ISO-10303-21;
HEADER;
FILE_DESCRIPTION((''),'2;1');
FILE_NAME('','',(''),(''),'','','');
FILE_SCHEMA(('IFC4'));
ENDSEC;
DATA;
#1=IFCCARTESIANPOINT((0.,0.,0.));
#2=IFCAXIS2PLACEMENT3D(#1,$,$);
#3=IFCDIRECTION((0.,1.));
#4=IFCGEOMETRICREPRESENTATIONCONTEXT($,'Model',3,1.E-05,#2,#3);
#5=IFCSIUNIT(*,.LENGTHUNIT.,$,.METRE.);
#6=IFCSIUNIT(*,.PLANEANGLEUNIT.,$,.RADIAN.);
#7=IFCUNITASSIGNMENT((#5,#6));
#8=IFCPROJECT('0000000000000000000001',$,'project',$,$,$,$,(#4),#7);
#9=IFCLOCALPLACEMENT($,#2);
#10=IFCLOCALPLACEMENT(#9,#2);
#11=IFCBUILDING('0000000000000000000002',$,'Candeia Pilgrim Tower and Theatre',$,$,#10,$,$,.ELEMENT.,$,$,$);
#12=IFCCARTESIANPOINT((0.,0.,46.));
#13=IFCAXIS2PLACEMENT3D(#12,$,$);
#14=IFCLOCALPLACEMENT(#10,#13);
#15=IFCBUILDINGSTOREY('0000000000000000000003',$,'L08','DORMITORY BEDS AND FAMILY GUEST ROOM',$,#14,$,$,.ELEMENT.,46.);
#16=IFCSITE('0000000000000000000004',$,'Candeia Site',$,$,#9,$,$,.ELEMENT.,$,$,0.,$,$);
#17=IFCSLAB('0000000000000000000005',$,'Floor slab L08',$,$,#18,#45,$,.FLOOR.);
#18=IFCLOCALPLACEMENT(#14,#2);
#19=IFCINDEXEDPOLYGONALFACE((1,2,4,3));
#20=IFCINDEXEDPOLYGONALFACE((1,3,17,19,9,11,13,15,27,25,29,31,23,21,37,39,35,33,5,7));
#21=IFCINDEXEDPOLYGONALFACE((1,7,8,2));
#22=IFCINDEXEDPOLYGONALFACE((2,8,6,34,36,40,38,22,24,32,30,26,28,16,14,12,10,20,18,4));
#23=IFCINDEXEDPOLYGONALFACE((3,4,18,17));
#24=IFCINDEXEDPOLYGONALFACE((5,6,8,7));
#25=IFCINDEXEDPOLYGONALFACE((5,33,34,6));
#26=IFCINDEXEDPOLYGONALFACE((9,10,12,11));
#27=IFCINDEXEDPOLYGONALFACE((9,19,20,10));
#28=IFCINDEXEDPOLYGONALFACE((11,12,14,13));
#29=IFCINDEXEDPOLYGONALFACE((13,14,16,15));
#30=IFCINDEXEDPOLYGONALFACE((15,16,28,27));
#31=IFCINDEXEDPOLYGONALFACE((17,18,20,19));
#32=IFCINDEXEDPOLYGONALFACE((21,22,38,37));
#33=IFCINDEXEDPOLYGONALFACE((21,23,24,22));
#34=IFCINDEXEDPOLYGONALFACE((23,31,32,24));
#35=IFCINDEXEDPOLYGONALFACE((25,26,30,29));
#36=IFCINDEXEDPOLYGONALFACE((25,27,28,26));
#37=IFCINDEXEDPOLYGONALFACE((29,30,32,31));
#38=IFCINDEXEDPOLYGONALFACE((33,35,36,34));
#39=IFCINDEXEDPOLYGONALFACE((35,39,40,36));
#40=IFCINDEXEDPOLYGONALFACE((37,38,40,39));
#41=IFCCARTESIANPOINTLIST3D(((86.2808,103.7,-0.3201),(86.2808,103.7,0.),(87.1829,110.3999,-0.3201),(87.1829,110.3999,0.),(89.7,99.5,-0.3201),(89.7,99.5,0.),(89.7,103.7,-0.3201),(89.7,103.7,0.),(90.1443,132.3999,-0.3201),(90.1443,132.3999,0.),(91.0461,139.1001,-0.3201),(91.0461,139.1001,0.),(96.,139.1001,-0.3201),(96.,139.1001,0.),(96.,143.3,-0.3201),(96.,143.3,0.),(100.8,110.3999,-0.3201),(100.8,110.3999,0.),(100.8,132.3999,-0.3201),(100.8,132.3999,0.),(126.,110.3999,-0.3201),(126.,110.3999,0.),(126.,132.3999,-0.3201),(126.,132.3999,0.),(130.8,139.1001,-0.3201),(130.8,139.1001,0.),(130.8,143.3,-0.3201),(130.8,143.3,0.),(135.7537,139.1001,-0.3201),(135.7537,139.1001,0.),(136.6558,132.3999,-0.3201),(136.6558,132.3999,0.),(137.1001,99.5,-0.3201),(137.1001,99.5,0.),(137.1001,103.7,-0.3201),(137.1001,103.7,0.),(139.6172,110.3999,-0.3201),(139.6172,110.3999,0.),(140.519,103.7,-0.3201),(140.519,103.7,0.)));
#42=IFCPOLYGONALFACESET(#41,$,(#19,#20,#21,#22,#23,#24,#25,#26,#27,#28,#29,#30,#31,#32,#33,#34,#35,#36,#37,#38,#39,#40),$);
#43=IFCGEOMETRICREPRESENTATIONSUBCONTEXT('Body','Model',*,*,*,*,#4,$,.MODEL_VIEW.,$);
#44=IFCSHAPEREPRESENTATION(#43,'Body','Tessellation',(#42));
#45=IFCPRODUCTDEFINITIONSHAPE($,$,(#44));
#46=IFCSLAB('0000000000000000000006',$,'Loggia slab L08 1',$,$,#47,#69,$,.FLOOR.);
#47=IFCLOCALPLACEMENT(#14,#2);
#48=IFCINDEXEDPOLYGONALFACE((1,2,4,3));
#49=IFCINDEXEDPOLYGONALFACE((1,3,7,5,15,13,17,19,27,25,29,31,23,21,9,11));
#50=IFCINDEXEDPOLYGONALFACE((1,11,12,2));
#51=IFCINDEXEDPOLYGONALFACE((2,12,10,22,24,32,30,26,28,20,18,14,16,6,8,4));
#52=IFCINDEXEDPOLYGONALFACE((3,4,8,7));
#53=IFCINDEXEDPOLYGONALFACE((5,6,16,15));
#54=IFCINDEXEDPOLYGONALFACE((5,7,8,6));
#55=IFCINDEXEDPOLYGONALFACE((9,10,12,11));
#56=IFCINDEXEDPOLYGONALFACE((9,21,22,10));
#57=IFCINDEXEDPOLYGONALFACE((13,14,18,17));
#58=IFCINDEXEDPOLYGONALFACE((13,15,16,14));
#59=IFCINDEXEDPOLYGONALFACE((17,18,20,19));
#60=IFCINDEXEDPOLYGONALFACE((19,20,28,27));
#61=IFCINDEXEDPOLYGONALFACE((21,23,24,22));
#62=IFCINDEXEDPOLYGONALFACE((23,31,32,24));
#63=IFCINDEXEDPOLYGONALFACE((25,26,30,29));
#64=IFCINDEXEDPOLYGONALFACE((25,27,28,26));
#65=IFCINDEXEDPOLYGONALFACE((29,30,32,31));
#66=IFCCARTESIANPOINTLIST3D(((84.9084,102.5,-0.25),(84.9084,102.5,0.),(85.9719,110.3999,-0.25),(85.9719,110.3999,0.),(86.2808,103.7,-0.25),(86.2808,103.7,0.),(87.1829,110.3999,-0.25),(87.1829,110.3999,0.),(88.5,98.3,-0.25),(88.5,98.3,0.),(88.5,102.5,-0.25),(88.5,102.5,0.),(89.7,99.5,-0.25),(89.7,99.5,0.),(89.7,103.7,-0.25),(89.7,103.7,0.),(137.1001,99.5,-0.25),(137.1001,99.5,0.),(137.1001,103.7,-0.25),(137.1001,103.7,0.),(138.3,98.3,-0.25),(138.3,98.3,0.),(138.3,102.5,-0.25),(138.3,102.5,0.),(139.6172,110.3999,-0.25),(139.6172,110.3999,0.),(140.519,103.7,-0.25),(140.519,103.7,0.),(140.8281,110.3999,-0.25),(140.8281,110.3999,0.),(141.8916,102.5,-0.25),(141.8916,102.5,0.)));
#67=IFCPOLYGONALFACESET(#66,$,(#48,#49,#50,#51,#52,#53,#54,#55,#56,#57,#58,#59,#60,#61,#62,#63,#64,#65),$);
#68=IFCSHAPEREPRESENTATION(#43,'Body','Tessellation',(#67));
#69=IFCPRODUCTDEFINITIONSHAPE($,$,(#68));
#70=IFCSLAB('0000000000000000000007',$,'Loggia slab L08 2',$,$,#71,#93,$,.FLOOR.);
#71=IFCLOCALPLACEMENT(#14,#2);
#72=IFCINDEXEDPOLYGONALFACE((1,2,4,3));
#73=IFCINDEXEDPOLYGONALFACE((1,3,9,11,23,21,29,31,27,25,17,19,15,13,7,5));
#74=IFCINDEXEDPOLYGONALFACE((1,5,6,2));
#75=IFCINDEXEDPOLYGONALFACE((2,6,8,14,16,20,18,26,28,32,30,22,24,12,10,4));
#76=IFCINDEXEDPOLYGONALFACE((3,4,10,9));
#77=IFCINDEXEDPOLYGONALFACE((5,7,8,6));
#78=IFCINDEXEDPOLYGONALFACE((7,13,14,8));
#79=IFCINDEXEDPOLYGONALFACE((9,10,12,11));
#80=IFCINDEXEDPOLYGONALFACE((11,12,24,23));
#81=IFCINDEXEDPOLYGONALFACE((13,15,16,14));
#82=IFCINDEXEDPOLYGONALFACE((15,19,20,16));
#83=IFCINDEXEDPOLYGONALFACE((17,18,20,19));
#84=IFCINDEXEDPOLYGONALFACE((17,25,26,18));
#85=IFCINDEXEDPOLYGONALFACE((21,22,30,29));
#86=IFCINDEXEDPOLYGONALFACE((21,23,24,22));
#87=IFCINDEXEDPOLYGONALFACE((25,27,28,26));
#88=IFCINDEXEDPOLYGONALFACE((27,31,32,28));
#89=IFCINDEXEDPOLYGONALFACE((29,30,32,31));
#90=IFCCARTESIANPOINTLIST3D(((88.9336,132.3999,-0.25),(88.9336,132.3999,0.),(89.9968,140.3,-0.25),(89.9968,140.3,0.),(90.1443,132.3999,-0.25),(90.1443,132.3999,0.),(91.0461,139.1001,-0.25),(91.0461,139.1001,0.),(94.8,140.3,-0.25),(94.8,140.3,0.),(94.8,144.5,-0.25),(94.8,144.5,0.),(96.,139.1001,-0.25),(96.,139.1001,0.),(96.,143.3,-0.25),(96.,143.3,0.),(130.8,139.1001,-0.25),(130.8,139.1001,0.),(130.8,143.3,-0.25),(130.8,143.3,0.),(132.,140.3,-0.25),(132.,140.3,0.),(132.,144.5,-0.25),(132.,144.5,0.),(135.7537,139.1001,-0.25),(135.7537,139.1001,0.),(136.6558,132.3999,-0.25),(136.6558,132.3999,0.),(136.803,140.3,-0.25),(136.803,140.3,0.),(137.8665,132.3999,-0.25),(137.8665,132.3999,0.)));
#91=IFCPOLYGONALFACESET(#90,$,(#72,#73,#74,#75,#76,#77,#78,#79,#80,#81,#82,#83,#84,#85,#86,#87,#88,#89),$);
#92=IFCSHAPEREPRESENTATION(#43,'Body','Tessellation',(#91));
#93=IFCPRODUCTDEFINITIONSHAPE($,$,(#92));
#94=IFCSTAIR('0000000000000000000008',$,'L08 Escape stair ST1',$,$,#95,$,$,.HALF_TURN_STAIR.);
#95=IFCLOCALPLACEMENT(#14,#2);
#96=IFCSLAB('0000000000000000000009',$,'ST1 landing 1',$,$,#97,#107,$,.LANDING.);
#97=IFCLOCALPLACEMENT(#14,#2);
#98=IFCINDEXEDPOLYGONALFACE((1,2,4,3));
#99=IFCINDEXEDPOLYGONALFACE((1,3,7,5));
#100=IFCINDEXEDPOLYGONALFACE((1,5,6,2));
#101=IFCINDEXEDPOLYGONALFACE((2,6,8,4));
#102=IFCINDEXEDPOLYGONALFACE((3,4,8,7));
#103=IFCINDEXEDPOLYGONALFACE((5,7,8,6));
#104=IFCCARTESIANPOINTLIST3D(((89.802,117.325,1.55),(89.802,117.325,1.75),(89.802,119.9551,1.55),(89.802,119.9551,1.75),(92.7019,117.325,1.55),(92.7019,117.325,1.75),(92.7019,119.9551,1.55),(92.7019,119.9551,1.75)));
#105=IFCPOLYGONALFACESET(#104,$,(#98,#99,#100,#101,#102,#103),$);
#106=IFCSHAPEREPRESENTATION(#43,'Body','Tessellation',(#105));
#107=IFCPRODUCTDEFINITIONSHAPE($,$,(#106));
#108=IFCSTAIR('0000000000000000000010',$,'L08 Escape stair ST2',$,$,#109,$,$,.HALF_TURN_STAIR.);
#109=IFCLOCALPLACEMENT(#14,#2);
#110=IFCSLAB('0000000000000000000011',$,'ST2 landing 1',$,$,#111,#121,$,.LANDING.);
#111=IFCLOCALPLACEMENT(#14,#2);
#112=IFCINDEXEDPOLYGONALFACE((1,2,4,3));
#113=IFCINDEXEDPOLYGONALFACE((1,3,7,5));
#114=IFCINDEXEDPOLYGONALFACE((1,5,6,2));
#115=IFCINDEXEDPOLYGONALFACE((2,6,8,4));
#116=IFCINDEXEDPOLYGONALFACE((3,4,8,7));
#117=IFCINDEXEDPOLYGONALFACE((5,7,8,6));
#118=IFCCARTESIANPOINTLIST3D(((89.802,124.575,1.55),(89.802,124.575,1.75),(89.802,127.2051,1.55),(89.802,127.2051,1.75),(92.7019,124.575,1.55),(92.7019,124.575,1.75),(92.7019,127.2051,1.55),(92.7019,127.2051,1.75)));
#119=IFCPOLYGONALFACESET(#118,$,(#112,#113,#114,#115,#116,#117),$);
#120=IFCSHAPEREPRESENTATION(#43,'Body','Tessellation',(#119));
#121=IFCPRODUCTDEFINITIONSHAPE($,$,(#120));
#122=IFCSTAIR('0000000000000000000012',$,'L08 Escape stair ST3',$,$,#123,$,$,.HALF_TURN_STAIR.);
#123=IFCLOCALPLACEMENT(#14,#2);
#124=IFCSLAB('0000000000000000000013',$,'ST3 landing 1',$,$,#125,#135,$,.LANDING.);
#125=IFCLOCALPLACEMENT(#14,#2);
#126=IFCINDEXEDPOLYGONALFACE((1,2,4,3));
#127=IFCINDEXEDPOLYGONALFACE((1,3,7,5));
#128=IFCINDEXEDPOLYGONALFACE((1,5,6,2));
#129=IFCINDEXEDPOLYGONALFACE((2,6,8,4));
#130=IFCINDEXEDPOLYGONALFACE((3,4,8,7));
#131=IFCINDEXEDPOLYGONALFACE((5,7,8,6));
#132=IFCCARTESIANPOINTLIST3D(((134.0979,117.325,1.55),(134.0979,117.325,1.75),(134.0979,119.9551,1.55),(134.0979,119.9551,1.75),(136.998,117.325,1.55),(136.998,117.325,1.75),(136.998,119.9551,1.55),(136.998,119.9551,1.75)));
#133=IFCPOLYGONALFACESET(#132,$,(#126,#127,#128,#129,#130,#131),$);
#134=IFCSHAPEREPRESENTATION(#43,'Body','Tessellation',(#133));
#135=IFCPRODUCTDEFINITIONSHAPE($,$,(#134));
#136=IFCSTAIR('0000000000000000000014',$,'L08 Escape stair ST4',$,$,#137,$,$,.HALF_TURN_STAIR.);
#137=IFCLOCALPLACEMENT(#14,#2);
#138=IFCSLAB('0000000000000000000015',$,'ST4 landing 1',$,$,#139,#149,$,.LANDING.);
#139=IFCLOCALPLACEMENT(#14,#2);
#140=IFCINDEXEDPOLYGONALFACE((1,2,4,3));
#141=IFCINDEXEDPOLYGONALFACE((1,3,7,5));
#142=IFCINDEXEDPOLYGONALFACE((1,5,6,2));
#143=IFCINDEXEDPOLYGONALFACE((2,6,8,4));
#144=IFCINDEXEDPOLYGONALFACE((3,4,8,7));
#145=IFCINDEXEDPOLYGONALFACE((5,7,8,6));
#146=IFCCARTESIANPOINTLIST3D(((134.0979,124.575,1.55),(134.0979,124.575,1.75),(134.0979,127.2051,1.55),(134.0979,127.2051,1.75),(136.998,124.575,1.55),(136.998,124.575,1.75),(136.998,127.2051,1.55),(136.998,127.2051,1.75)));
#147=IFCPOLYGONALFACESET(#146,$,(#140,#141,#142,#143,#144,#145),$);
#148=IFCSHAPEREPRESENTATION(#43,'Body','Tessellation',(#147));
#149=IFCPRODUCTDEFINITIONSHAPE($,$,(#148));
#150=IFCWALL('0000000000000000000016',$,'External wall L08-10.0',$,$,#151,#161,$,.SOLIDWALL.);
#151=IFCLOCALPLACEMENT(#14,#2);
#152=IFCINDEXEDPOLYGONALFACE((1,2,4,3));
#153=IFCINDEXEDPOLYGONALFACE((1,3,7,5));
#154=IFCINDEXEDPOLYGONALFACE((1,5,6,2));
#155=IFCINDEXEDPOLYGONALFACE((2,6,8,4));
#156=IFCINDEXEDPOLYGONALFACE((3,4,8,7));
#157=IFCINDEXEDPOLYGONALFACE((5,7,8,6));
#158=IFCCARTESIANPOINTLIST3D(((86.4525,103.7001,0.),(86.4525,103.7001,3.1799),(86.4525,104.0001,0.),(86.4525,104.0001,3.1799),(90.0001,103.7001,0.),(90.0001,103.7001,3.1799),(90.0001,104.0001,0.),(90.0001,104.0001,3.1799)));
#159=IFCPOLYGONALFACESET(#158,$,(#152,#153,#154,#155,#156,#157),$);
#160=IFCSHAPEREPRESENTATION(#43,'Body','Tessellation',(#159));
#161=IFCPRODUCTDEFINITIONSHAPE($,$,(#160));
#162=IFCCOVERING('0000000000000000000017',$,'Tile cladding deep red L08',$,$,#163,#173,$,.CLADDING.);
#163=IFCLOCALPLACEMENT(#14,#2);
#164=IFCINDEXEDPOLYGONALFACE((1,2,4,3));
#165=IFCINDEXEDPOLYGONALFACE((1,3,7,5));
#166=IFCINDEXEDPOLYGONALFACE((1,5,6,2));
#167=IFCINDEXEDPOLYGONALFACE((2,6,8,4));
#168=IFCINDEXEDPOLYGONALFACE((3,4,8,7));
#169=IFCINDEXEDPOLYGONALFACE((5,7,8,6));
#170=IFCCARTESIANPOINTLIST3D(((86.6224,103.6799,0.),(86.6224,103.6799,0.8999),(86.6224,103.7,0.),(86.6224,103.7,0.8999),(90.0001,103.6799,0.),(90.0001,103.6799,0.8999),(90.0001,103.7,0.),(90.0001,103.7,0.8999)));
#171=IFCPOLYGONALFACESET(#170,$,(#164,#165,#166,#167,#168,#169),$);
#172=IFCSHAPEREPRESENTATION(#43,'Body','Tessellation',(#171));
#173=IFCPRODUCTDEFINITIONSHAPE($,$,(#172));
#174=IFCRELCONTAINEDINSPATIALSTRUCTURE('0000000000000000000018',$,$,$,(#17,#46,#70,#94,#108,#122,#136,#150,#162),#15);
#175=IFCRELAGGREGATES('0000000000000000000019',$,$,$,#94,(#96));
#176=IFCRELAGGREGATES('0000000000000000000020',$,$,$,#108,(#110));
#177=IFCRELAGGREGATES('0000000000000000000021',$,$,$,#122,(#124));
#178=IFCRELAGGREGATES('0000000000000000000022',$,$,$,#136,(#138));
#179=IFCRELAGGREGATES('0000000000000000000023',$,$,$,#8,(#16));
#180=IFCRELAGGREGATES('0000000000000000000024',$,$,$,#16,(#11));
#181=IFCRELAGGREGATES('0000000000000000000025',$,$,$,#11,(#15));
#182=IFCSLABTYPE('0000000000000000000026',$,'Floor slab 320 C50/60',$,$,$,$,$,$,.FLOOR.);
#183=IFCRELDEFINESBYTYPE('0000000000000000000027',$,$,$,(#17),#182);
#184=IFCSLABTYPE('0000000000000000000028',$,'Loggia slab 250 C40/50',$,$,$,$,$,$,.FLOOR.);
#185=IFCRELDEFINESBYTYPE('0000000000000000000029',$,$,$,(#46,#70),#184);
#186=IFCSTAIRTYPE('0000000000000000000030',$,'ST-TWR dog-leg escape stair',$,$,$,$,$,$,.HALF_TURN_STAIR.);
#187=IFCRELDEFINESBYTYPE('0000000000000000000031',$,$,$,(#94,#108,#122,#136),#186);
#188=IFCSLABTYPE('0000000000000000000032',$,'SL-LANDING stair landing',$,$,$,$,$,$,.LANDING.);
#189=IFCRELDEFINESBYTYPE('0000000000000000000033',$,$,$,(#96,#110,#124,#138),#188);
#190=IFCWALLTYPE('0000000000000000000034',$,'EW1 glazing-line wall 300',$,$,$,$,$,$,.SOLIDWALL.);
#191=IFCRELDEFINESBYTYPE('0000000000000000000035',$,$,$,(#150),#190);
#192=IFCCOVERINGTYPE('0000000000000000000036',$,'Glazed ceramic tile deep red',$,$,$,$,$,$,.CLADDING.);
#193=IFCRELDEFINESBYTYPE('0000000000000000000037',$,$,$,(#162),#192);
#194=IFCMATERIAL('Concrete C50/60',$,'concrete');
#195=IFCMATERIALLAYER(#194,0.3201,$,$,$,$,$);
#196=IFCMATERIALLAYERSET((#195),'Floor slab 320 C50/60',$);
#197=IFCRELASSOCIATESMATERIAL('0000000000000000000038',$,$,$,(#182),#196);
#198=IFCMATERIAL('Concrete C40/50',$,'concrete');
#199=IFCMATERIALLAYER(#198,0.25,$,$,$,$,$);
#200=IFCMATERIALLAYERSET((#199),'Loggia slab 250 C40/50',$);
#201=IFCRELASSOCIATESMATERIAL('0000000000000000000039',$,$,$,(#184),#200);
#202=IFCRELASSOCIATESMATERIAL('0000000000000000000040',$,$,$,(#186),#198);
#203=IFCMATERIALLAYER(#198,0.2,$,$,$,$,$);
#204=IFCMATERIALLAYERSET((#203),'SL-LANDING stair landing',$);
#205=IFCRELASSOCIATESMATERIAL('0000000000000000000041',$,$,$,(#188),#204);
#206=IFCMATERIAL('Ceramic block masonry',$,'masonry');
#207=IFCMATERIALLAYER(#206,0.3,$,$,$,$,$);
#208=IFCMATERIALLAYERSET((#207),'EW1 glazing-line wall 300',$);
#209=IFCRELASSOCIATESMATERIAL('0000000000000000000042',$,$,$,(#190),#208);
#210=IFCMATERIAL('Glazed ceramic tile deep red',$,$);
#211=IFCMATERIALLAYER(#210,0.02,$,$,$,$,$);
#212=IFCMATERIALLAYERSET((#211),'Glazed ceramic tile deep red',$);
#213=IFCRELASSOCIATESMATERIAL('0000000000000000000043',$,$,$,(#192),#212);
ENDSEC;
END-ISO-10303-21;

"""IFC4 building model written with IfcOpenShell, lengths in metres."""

from ifc_helpers import new_model, si_unit, direction, frame, frame_2d, origin, origin_2d, place, context, subcontext, project, spatial, polyline, rectangle, outline, extrude, material, layer, layer_set, type_object, element, aggregate, save


model = new_model("IFC4")

# Units and contexts
model_context = context("Model", 3, precision=1e-05, world=origin(), true_north=direction((0.0, 1.0)))
body_context = subcontext(model_context, "Body", "Model", "MODEL_VIEW")
ifc_project = project(units=[si_unit("LENGTHUNIT", "METRE"), si_unit("PLANEANGLEUNIT", "RADIAN")], contexts=[model_context])

# Site, building, storey
site_placement = place(None, origin())
site = spatial("IfcSite", under=ifc_project, at=site_placement, Name="Candeia Site", CompositionType="ELEMENT", RefElevation=0.0)
building_placement = place(site_placement, origin())
building = spatial("IfcBuilding", under=site, at=building_placement, Name="Candeia Pilgrim Tower and Theatre", CompositionType="ELEMENT")
storey_placement = place(building_placement, frame((0.0, 0.0, 46.0)))
storey = spatial("IfcBuildingStorey", under=building, at=storey_placement, Name="L08", Description="DORMITORY BEDS AND FAMILY GUEST ROOM", CompositionType="ELEMENT", Elevation=46.0)

# Slabs
ifc_material_1 = material(Name="Concrete C40/50", Category="concrete")
ifc_material_2 = material(Name="Concrete C50/60", Category="concrete")
ifc_layer_1 = layer(ifc_material_2, 0.3201)
ifc_layer_set_1 = layer_set([ifc_layer_1], Name="Floor slab 320 C50/60")
slab_type_1 = type_object("IfcSlabType", Name="Floor slab 320 C50/60", PredefinedType="FLOOR", material=ifc_layer_set_1)
slab_1_placement = place(storey_placement, frame((0.0, 0.0, -0.3201)))
element("IfcSlab", 1, at=slab_1_placement, inside=storey, type_object=slab_type_1, Name="Floor slab L08", PredefinedType="FLOOR", context=body_context, shape_type="SweptSolid", body=[
    extrude(outline(polyline([(96.0, 139.1001), (96.0, 143.3), (130.8, 143.3), (130.8, 139.1001), (135.7537, 139.1001), (136.6558, 132.3999), (126.0, 132.3999), (126.0, 110.3999), (139.6172, 110.3999), (140.519, 103.7), (137.1001, 103.7), (137.1001, 99.5), (89.7, 99.5), (89.7, 103.7), (86.2808, 103.7), (87.1829, 110.3999), (100.8, 110.3999), (100.8, 132.3999), (90.1443, 132.3999), (91.0461, 139.1001), (96.0, 139.1001)])), origin(), (0.0, 0.0, 1.0), 0.3201),
])
ifc_layer_2 = layer(ifc_material_1, 0.25)
ifc_layer_set_2 = layer_set([ifc_layer_2], Name="Loggia slab 250 C40/50")
slab_type_2 = type_object("IfcSlabType", Name="Loggia slab 250 C40/50", PredefinedType="FLOOR", material=ifc_layer_set_2)
slab_2_placement = place(storey_placement, frame((0.0, 0.0, -0.25)))
element("IfcSlab", 2, at=slab_2_placement, inside=storey, type_object=slab_type_2, Name="Loggia slab L08 1", PredefinedType="FLOOR", context=body_context, shape_type="SweptSolid", body=[
    extrude(outline(polyline([(87.1829, 110.3999), (86.2808, 103.7), (89.7, 103.7), (89.7, 99.5), (137.1001, 99.5), (137.1001, 103.7), (140.519, 103.7), (139.6172, 110.3999), (140.8281, 110.3999), (141.8916, 102.5), (138.3, 102.5), (138.3, 98.3), (88.5, 98.3), (88.5, 102.5), (84.9084, 102.5), (85.9719, 110.3999), (87.1829, 110.3999)])), origin(), (0.0, 0.0, 1.0), 0.25),
])
slab_3_placement = place(storey_placement, frame((0.0, 0.0, -0.25)))
element("IfcSlab", 3, at=slab_3_placement, inside=storey, type_object=slab_type_2, Name="Loggia slab L08 2", PredefinedType="FLOOR", context=body_context, shape_type="SweptSolid", body=[
    extrude(outline(polyline([(136.6558, 132.3999), (135.7537, 139.1001), (130.8, 139.1001), (130.8, 143.3), (96.0, 143.3), (96.0, 139.1001), (91.0461, 139.1001), (90.1443, 132.3999), (88.9336, 132.3999), (89.9968, 140.3), (94.8, 140.3), (94.8, 144.5), (132.0, 144.5), (132.0, 140.3), (136.803, 140.3), (137.8665, 132.3999), (136.6558, 132.3999)])), origin(), (0.0, 0.0, 1.0), 0.25),
])

# Stairs, slabs
stair_type = type_object("IfcStairType", Name="ST-TWR dog-leg escape stair", PredefinedType="HALF_TURN_STAIR", material=ifc_material_1)
stair_1_placement = place(storey_placement, origin())
stair_1 = element("IfcStair", 4, at=stair_1_placement, inside=storey, type_object=stair_type, Name="L08 Escape stair ST1", PredefinedType="HALF_TURN_STAIR")
ifc_layer_3 = layer(ifc_material_1, 0.2)
ifc_layer_set_3 = layer_set([ifc_layer_3], Name="SL-LANDING stair landing")
slab_type_3 = type_object("IfcSlabType", Name="SL-LANDING stair landing", PredefinedType="LANDING", material=ifc_layer_set_3)
slab_4_placement = place(storey_placement, frame((0.0, 0.0, 1.55)))
slab_4 = element("IfcSlab", 5, at=slab_4_placement, type_object=slab_type_3, Name="ST1 landing 1", PredefinedType="LANDING", context=body_context, shape_type="SweptSolid", body=[
    extrude(outline(polyline([(89.802, 119.9551), (89.802, 117.325), (92.7019, 117.325), (92.7019, 119.9551), (89.802, 119.9551)])), origin(), (0.0, 0.0, 1.0), 0.2),
])
aggregate(stair_1, [slab_4])
stair_2_placement = place(storey_placement, origin())
stair_2 = element("IfcStair", 6, at=stair_2_placement, inside=storey, type_object=stair_type, Name="L08 Escape stair ST2", PredefinedType="HALF_TURN_STAIR")
slab_5_placement = place(storey_placement, frame((0.0, 0.0, 1.55)))
slab_5 = element("IfcSlab", 7, at=slab_5_placement, type_object=slab_type_3, Name="ST2 landing 1", PredefinedType="LANDING", context=body_context, shape_type="SweptSolid", body=[
    extrude(outline(polyline([(89.802, 127.2051), (89.802, 124.575), (92.7019, 124.575), (92.7019, 127.2051), (89.802, 127.2051)])), origin(), (0.0, 0.0, 1.0), 0.2),
])
aggregate(stair_2, [slab_5])
stair_3_placement = place(storey_placement, origin())
stair_3 = element("IfcStair", 8, at=stair_3_placement, inside=storey, type_object=stair_type, Name="L08 Escape stair ST3", PredefinedType="HALF_TURN_STAIR")
slab_6_placement = place(storey_placement, frame((0.0, 0.0, 1.55)))
slab_6 = element("IfcSlab", 9, at=slab_6_placement, type_object=slab_type_3, Name="ST3 landing 1", PredefinedType="LANDING", context=body_context, shape_type="SweptSolid", body=[
    extrude(outline(polyline([(134.0979, 119.9551), (134.0979, 117.325), (136.998, 117.325), (136.998, 119.9551), (134.0979, 119.9551)])), origin(), (0.0, 0.0, 1.0), 0.2),
])
aggregate(stair_3, [slab_6])
stair_4_placement = place(storey_placement, origin())
stair_4 = element("IfcStair", 10, at=stair_4_placement, inside=storey, type_object=stair_type, Name="L08 Escape stair ST4", PredefinedType="HALF_TURN_STAIR")
slab_7_placement = place(storey_placement, frame((0.0, 0.0, 1.55)))
slab_7 = element("IfcSlab", 11, at=slab_7_placement, type_object=slab_type_3, Name="ST4 landing 1", PredefinedType="LANDING", context=body_context, shape_type="SweptSolid", body=[
    extrude(outline(polyline([(134.0979, 127.2051), (134.0979, 124.575), (136.998, 124.575), (136.998, 127.2051), (134.0979, 127.2051)])), origin(), (0.0, 0.0, 1.0), 0.2),
])
aggregate(stair_4, [slab_7])

# Wall
ifc_material_3 = material(Name="Ceramic block masonry", Category="masonry")
ifc_layer_4 = layer(ifc_material_3, 0.3)
ifc_layer_set_4 = layer_set([ifc_layer_4], Name="EW1 glazing-line wall 300")
wall_type = type_object("IfcWallType", Name="EW1 glazing-line wall 300", PredefinedType="SOLIDWALL", material=ifc_layer_set_4)
wall_placement = place(storey_placement, frame((86.4524, 103.8501, 0.0), z_axis=(0.0, 0.0, 1.0), x_axis=(1.0, 0.0, 0.0)))
element("IfcWall", 12, at=wall_placement, inside=storey, type_object=wall_type, Name="External wall L08-10.0", PredefinedType="SOLIDWALL", context=body_context, shape_type="SweptSolid", body=[
    extrude(rectangle(XDim=3.5476, YDim=0.3, at=frame_2d((1.7739, 0.0))), origin(), (0.0, 0.0, 1.0), 3.1799),
])

# Covering
ifc_material_4 = material(Name="Glazed ceramic tile deep red")
ifc_layer_5 = layer(ifc_material_4, 0.02)
ifc_layer_set_5 = layer_set([ifc_layer_5], Name="Glazed ceramic tile deep red")
covering_type = type_object("IfcCoveringType", Name="Glazed ceramic tile deep red", PredefinedType="CLADDING", material=ifc_layer_set_5)
covering_placement = place(storey_placement, frame((88.3113, 103.6899, 0.0), z_axis=(0.0, 0.0, 1.0), x_axis=(1.0, 0.0, 0.0)))
element("IfcCovering", 13, at=covering_placement, inside=storey, type_object=covering_type, Name="Tile cladding deep red L08", PredefinedType="CLADDING", context=body_context, shape_type="SweptSolid", body=[
    extrude(rectangle(XDim=3.3777, YDim=0.02, at=origin_2d()), origin(), (0.0, 0.0, 1.0), 0.8999),
])

save(model, "model.ifc")
